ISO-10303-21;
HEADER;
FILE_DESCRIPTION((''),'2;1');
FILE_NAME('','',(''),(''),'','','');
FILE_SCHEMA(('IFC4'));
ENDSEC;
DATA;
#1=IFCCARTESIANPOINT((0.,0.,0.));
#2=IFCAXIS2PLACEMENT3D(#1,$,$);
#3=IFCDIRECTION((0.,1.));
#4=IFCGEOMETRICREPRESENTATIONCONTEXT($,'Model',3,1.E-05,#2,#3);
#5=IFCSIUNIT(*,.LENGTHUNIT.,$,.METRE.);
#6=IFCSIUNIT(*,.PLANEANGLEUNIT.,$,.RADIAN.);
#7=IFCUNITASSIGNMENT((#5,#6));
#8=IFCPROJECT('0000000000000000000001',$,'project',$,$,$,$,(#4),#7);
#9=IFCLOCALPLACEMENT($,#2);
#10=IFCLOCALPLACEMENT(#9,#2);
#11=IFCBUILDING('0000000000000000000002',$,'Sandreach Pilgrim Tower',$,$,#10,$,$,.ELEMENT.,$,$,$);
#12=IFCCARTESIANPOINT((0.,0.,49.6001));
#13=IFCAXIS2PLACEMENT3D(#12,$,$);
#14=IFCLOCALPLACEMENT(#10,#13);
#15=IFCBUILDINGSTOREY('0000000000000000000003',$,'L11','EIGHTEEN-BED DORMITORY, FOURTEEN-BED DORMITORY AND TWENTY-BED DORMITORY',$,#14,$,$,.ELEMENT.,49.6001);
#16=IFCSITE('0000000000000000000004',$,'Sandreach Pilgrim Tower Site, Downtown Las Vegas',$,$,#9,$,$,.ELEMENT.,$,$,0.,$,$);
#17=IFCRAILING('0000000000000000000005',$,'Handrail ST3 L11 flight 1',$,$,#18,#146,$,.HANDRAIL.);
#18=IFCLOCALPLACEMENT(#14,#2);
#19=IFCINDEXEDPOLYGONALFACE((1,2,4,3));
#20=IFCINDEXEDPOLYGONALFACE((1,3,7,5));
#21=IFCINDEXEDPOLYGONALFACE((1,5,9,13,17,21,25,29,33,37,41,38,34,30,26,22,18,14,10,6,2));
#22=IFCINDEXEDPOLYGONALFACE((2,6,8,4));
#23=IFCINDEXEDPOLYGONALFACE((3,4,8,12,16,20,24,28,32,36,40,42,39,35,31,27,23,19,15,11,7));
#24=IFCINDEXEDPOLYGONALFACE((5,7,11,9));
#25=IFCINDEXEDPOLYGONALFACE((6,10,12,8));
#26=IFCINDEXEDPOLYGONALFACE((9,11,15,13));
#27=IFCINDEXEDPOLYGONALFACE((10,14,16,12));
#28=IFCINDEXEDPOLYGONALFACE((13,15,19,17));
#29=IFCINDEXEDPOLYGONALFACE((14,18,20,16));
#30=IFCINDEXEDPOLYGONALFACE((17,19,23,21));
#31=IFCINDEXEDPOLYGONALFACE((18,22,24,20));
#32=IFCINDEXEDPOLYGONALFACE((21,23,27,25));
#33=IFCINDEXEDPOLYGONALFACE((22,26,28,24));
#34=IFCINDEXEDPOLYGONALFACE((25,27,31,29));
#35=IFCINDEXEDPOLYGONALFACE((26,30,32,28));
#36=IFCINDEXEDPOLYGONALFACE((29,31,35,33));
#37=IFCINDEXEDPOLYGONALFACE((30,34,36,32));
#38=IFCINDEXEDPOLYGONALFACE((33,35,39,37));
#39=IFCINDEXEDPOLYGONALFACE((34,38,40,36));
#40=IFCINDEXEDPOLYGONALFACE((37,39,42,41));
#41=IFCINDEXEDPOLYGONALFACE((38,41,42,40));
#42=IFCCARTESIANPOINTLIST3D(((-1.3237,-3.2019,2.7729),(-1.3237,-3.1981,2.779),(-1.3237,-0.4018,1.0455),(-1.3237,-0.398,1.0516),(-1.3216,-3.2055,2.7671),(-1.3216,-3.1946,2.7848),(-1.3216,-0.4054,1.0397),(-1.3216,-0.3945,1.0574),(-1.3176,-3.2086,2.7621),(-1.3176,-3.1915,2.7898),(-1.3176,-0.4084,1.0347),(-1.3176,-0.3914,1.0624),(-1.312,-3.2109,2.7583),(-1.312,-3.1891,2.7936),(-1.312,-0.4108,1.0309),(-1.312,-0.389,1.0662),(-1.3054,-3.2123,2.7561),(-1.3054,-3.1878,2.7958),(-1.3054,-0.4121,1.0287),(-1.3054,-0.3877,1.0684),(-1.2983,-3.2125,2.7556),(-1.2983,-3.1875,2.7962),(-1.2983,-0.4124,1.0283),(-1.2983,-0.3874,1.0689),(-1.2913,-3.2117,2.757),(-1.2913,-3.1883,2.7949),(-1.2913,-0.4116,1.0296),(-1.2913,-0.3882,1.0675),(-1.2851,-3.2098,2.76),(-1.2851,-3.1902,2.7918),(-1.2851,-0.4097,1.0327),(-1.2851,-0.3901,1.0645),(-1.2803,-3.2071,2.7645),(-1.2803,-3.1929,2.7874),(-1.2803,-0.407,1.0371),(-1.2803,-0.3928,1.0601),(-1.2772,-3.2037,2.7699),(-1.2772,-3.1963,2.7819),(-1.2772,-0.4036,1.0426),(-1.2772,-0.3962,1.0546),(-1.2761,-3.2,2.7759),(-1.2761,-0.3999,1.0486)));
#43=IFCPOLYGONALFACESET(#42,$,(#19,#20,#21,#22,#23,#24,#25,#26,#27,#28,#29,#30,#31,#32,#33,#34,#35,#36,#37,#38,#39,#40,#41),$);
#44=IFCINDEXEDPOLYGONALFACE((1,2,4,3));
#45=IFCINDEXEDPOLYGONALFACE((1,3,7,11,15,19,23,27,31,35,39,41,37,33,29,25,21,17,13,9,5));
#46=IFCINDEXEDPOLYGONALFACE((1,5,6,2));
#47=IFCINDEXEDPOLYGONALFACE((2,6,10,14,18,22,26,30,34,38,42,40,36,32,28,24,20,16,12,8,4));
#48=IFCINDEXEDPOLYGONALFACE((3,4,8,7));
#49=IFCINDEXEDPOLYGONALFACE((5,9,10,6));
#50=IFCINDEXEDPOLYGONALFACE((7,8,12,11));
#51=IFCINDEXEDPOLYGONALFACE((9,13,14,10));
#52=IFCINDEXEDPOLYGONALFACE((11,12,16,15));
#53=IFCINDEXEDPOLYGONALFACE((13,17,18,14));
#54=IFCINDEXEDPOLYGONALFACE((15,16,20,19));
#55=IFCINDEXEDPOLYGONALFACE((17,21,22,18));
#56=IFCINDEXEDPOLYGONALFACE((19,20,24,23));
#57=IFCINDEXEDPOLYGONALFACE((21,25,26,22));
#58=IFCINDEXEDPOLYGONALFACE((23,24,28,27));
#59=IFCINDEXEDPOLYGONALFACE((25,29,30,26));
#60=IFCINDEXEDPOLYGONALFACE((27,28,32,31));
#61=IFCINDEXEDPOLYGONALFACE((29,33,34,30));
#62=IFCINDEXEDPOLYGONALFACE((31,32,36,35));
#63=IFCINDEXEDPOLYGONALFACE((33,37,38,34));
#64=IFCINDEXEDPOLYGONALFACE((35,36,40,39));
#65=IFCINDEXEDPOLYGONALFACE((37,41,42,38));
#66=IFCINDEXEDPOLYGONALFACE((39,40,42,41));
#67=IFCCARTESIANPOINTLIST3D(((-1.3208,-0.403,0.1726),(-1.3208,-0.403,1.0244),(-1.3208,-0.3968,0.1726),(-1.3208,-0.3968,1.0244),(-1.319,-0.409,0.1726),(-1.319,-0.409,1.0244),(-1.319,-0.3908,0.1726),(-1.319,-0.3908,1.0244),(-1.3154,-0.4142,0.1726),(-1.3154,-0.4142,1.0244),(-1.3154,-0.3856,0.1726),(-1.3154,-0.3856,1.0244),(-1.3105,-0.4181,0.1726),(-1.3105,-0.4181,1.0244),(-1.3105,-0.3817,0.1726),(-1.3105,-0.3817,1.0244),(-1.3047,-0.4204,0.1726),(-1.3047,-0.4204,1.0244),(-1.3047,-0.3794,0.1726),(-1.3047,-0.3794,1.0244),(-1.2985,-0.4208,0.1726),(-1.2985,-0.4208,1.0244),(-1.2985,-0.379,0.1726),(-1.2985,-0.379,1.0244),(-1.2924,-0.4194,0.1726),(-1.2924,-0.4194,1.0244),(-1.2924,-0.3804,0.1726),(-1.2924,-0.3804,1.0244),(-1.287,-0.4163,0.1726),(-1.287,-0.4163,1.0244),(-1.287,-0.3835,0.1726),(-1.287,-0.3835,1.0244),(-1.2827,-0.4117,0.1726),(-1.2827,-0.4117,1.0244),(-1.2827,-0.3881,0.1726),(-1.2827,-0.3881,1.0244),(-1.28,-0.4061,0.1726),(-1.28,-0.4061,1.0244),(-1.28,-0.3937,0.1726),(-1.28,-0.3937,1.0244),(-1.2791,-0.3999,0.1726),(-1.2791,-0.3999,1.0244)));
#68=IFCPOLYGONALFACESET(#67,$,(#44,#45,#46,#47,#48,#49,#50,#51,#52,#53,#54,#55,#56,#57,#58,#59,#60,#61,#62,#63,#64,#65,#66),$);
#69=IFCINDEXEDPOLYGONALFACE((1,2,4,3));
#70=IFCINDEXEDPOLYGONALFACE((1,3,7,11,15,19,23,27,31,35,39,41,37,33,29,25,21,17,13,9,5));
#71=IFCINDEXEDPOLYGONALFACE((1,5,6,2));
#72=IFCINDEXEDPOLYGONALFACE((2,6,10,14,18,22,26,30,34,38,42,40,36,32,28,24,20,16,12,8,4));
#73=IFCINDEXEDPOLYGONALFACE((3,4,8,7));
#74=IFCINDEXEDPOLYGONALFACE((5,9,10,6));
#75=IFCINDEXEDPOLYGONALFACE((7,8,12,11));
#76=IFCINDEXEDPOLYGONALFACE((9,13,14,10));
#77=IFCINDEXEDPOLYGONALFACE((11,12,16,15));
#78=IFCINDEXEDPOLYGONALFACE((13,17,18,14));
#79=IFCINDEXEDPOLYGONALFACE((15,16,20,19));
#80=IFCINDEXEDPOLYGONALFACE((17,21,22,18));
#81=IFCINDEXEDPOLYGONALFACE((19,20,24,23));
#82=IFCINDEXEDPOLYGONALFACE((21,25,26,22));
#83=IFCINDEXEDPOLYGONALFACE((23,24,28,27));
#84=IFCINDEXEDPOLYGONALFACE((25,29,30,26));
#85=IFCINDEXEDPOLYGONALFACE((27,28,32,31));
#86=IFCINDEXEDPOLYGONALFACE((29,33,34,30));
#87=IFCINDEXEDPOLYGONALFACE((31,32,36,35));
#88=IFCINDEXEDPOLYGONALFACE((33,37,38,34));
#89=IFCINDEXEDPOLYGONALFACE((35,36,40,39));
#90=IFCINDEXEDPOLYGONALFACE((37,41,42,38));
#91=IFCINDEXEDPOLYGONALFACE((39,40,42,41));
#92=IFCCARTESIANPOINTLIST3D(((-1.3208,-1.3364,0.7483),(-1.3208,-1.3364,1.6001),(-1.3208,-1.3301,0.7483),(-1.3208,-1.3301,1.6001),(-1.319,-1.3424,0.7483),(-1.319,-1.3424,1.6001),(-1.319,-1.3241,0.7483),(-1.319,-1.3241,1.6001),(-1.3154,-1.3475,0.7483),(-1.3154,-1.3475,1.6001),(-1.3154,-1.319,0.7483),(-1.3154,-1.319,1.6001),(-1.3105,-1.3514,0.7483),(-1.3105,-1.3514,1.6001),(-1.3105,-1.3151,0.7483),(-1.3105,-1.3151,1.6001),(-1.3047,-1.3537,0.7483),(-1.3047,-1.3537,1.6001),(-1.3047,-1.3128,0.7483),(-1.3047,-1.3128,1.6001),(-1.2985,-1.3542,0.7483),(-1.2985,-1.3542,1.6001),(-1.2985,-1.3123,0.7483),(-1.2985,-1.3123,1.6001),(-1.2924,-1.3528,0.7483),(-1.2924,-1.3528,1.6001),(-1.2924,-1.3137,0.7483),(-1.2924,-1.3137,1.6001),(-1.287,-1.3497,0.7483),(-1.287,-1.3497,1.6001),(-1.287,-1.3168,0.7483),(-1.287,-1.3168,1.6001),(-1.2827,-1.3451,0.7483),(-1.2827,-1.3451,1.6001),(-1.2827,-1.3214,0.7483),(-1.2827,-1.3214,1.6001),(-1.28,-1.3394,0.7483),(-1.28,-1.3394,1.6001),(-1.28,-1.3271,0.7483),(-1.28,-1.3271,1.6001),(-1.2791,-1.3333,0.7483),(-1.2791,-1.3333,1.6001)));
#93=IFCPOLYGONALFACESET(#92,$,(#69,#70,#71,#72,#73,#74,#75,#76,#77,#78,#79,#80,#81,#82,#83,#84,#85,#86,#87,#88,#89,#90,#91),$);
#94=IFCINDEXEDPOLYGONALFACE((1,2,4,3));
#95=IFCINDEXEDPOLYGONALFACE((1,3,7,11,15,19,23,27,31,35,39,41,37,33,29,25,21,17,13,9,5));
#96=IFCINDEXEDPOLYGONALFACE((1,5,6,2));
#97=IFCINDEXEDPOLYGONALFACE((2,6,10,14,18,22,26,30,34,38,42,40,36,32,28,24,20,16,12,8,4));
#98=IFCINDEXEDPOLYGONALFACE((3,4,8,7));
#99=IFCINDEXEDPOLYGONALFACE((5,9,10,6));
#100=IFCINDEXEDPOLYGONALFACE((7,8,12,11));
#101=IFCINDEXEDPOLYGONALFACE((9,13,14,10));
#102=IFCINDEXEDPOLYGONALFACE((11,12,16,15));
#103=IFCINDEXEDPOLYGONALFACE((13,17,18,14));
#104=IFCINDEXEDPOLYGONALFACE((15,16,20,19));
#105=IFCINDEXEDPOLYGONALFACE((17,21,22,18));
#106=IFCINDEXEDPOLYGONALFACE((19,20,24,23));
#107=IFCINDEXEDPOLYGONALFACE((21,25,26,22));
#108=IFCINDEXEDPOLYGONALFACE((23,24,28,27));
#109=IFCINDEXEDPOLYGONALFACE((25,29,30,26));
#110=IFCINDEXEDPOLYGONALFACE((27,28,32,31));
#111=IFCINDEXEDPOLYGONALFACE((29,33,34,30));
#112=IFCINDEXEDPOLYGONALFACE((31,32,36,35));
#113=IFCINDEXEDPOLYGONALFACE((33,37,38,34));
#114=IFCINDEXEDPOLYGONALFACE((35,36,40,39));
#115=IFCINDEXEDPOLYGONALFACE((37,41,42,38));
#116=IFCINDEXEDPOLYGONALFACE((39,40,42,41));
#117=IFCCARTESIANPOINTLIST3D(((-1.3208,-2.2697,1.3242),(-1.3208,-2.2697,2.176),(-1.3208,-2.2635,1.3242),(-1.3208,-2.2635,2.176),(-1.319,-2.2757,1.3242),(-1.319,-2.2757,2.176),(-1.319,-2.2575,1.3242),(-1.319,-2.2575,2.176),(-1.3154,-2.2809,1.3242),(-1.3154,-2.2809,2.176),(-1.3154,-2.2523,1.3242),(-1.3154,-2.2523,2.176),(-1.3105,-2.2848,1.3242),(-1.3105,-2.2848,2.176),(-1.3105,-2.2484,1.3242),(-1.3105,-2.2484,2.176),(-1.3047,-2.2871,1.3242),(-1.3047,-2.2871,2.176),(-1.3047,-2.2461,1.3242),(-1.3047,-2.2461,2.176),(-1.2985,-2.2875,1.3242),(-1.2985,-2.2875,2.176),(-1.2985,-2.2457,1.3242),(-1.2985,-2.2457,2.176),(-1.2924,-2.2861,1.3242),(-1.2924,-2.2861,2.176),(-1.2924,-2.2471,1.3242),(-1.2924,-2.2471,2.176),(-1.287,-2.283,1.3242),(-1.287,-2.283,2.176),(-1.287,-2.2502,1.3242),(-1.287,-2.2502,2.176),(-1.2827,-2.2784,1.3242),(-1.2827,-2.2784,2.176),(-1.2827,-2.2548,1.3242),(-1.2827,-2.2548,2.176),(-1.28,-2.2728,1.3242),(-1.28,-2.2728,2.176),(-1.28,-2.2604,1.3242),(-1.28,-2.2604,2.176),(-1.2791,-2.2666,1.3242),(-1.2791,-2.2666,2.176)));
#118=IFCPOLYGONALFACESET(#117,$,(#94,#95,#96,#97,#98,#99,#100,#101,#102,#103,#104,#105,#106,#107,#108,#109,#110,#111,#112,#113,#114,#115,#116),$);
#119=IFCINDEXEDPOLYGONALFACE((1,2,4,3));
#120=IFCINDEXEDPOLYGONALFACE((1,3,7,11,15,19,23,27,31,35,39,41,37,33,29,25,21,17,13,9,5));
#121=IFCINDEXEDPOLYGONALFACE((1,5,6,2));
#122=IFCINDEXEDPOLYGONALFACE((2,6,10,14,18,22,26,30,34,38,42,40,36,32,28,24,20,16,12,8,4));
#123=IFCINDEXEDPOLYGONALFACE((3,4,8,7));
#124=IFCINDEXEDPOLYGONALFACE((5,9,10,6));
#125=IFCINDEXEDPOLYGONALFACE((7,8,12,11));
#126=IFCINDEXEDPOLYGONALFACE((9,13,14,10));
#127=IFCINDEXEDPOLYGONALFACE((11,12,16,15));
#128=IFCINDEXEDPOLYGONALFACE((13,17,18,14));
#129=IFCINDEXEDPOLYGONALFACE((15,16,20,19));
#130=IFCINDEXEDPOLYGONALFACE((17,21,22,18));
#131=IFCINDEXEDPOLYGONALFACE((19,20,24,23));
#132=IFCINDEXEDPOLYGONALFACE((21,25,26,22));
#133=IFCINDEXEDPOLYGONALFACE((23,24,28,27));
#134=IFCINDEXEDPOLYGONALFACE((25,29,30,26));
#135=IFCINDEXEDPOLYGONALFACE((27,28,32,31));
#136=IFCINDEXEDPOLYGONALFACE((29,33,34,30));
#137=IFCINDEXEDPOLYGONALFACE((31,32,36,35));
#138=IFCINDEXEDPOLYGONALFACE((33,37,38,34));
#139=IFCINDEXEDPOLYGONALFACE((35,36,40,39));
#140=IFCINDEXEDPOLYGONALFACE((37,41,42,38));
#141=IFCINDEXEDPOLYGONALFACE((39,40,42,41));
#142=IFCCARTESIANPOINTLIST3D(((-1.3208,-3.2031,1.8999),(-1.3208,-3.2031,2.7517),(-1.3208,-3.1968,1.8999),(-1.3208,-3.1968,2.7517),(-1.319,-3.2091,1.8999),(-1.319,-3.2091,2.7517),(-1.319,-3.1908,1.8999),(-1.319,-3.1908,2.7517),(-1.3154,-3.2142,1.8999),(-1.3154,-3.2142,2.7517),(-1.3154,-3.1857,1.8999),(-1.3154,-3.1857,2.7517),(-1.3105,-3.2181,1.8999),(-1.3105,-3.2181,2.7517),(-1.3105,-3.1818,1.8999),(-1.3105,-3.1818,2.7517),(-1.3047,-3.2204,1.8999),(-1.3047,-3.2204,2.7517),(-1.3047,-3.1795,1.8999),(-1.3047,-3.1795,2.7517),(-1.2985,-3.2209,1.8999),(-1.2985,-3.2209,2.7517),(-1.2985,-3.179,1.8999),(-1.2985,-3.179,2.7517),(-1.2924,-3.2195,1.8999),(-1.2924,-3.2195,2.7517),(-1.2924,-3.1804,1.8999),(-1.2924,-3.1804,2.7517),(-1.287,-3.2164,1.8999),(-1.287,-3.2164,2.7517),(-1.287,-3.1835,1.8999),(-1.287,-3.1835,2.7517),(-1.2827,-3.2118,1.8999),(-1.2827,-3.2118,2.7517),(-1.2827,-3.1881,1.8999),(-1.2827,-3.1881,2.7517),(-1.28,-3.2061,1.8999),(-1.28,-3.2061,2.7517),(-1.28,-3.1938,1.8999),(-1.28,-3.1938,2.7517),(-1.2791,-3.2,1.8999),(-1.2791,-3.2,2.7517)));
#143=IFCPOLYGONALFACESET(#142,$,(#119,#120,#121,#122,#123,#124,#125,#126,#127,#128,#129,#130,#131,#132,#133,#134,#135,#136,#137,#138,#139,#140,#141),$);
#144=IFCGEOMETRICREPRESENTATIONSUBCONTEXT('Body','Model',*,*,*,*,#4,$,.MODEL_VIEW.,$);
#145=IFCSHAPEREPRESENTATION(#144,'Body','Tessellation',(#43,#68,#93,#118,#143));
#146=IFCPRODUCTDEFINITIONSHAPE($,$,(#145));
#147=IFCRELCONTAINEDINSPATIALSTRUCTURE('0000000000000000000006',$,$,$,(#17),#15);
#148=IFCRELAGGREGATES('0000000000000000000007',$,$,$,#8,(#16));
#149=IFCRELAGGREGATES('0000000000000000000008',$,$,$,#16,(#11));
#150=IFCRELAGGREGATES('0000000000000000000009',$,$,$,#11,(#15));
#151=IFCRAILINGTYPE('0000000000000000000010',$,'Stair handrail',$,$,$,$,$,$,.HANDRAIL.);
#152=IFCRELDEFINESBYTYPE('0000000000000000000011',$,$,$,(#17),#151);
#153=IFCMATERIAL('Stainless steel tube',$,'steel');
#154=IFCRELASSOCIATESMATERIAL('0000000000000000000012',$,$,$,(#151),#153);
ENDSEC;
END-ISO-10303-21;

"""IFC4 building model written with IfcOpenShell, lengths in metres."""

from ifc_helpers import new_model, si_unit, direction, frame, origin, origin_2d, place, context, subcontext, project, spatial, circle, extrude, material, type_object, element, save


model = new_model("IFC4")

# Units and contexts
model_context = context("Model", 3, precision=1e-05, world=origin(), true_north=direction((0.0, 1.0)))
body_context = subcontext(model_context, "Body", "Model", "MODEL_VIEW")
ifc_project = project(units=[si_unit("LENGTHUNIT", "METRE"), si_unit("PLANEANGLEUNIT", "RADIAN")], contexts=[model_context])

# Site, building, storey
site_placement = place(None, origin())
site = spatial("IfcSite", under=ifc_project, at=site_placement, Name="Sandreach Pilgrim Tower Site, Downtown Las Vegas", CompositionType="ELEMENT", RefElevation=0.0)
building_placement = place(site_placement, origin())
building = spatial("IfcBuilding", under=site, at=building_placement, Name="Sandreach Pilgrim Tower", CompositionType="ELEMENT")
storey_placement = place(building_placement, frame((0.0, 0.0, 49.6001)))
storey = spatial("IfcBuildingStorey", under=building, at=storey_placement, Name="L11", Description="EIGHTEEN-BED DORMITORY, FOURTEEN-BED DORMITORY AND TWENTY-BED DORMITORY", CompositionType="ELEMENT", Elevation=49.6001)

# Railing
ifc_material_1 = material(Name="Stainless steel tube", Category="steel")
railing_type = type_object("IfcRailingType", Name="Stair handrail", PredefinedType="HANDRAIL", material=ifc_material_1)
for number, where, name in (
    (1, (-1.3, -0.3999, 0.1726), "Handrail ST3 L11 flight 1"),
):
    element("IfcRailing", number, at=place(storey_placement, frame(where)), inside=storey, type_object=railing_type, Name=name, PredefinedType="HANDRAIL", context=body_context, shape_type="SweptSolid", body=[
        extrude(circle(Radius=0.0239, at=origin_2d()), frame((0.0, 0.0, 0.876), z_axis=(0.0, -0.85109, 0.52502), x_axis=(1.0, 0.0, 0.0)), (0.0, 0.0, 1.0), 3.29),
        extrude(circle(Radius=0.021, at=origin_2d()), origin(), (0.0, 0.0, 1.0), 0.8518),
        extrude(circle(Radius=0.021, at=origin_2d()), frame((0.0, -0.9333, 0.5757)), (0.0, 0.0, 1.0), 0.8518),
        extrude(circle(Radius=0.021, at=origin_2d()), frame((0.0, -1.8667, 1.1516)), (0.0, 0.0, 1.0), 0.8518),
        extrude(circle(Radius=0.021, at=origin_2d()), frame((0.0, -2.8, 1.7273)), (0.0, 0.0, 1.0), 0.8518),
    ])

save(model, "model.ifc")
